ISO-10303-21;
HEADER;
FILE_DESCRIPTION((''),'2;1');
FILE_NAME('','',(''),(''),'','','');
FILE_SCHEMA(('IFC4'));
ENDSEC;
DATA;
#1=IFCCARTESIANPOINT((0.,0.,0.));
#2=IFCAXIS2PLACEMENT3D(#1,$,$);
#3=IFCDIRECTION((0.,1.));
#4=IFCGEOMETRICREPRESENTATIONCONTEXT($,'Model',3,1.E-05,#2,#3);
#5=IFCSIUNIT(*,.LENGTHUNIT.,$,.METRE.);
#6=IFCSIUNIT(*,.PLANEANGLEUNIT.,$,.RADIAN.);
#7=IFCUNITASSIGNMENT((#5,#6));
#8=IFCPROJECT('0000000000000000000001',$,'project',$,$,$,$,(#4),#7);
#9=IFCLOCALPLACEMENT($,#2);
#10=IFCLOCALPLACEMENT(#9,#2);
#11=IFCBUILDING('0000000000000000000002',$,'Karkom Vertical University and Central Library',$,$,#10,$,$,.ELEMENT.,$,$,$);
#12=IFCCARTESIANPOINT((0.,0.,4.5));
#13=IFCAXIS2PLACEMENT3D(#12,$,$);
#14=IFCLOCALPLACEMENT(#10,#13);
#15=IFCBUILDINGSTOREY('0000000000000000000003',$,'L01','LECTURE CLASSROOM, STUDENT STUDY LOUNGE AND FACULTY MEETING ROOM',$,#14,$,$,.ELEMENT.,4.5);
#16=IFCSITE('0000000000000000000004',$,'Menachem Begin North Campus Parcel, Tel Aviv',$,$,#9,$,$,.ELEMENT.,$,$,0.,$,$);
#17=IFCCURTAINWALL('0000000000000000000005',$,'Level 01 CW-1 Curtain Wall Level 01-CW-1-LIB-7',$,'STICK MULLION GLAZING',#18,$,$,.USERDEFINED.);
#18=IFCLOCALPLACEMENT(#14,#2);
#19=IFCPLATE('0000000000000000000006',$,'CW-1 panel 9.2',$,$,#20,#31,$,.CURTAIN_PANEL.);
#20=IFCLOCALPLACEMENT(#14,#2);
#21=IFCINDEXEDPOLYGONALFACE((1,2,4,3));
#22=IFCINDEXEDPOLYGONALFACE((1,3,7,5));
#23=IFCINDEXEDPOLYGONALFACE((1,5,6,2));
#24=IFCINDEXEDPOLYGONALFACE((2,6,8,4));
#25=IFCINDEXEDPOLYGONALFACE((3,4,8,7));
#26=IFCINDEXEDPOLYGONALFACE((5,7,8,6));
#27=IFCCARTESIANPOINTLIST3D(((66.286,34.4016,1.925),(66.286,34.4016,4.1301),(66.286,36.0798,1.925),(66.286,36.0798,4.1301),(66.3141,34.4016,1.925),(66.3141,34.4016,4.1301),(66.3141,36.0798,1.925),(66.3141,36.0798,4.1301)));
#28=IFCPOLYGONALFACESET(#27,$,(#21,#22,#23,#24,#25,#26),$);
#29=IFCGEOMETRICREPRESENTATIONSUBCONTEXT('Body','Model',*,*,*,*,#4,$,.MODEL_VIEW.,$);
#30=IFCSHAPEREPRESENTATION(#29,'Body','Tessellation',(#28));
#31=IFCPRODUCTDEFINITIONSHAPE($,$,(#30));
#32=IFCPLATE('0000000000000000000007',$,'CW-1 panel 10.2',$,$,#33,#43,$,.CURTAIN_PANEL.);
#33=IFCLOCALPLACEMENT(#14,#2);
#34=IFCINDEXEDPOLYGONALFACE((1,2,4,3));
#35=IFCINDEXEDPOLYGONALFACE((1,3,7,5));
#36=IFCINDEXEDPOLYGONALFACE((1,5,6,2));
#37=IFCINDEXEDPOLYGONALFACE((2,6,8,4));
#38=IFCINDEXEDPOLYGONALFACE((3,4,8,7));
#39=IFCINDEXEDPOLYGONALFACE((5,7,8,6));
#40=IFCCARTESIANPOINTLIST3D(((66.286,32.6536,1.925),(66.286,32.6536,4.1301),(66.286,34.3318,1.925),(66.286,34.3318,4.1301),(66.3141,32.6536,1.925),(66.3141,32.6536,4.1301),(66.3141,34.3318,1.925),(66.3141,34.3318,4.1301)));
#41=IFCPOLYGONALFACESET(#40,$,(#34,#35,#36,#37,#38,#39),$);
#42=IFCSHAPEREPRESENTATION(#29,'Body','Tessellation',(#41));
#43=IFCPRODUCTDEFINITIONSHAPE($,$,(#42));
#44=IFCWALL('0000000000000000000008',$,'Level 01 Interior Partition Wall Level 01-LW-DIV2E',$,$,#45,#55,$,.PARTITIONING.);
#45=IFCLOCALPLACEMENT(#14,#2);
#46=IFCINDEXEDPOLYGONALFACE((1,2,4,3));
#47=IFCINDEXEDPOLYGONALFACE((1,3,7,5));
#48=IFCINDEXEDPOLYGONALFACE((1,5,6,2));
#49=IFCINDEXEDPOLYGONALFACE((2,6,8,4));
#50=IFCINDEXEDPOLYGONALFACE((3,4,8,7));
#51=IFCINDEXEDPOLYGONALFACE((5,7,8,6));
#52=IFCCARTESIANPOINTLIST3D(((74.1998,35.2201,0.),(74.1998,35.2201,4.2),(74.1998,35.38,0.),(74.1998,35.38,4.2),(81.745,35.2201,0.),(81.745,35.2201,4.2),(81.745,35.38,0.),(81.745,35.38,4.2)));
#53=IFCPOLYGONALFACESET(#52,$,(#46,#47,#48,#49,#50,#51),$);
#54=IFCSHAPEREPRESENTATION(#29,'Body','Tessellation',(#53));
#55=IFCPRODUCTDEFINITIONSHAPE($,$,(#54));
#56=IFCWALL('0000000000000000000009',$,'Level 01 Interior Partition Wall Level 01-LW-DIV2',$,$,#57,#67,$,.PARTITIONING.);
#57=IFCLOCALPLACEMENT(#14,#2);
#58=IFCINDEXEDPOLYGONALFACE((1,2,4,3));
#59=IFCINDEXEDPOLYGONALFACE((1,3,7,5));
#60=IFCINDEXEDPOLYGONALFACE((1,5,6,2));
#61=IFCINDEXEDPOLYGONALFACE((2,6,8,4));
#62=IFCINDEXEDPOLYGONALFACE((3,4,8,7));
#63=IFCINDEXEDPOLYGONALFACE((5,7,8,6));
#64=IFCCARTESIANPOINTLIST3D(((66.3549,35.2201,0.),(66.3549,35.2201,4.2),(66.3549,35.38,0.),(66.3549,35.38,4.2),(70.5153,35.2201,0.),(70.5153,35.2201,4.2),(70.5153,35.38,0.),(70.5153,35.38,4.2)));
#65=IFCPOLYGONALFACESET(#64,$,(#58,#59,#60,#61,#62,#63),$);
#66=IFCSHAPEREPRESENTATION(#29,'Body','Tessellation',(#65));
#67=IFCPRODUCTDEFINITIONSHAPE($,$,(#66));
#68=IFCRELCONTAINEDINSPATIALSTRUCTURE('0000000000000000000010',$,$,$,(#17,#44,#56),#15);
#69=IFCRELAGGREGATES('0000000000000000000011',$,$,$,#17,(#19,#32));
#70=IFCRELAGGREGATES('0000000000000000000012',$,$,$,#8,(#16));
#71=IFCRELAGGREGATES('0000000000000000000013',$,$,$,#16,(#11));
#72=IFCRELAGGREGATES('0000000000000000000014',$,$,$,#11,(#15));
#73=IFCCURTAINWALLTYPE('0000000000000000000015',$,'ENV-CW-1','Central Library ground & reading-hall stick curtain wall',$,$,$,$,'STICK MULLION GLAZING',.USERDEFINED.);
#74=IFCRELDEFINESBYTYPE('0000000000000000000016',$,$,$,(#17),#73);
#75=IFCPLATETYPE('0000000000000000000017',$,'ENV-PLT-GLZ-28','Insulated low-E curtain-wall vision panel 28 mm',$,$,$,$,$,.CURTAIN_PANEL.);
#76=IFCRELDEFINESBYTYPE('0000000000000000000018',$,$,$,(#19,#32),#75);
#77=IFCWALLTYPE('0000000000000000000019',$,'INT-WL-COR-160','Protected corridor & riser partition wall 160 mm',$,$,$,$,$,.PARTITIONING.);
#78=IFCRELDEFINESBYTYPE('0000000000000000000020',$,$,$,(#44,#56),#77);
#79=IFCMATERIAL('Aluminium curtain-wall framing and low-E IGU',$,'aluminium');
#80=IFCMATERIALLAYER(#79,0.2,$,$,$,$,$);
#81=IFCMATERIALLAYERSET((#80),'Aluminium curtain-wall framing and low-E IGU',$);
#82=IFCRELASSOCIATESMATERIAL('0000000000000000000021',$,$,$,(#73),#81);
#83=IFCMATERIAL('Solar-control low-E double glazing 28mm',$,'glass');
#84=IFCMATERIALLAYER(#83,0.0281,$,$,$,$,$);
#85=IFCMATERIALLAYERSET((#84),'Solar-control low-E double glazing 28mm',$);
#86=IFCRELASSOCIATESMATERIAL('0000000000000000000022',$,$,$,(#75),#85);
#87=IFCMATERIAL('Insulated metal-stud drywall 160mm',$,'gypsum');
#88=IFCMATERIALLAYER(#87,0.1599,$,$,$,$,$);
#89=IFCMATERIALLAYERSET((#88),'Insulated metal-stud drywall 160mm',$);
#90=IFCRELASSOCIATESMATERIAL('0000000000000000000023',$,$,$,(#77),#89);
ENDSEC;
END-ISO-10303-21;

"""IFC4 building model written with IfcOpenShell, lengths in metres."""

from ifc_helpers import new_model, si_unit, direction, frame, frame_2d, origin, origin_with_axes, origin_2d, place, context, subcontext, project, spatial, rectangle, extrude, source, transform, mapped, material, layer, layer_set, type_object, element, aggregate, save


model = new_model("IFC4")

# Units and contexts
model_context = context("Model", 3, precision=1e-05, world=origin(), true_north=direction((0.0, 1.0)))
body_context = subcontext(model_context, "Body", "Model", "MODEL_VIEW")
ifc_project = project(units=[si_unit("LENGTHUNIT", "METRE"), si_unit("PLANEANGLEUNIT", "RADIAN")], contexts=[model_context])

# Site, building, storey
site_placement = place(None, origin())
site = spatial("IfcSite", under=ifc_project, at=site_placement, Name="Menachem Begin North Campus Parcel, Tel Aviv", CompositionType="ELEMENT", RefElevation=0.0)
building_placement = place(site_placement, origin())
building = spatial("IfcBuilding", under=site, at=building_placement, Name="Karkom Vertical University and Central Library", CompositionType="ELEMENT")
storey_placement = place(building_placement, frame((0.0, 0.0, 4.5)))
storey = spatial("IfcBuildingStorey", under=building, at=storey_placement, Name="L01", Description="LECTURE CLASSROOM, STUDENT STUDY LOUNGE AND FACULTY MEETING ROOM", CompositionType="ELEMENT", Elevation=4.5)

# Curtain wall, plates
ifc_material_1 = material(Name="Aluminium curtain-wall framing and low-E IGU", Category="aluminium")
ifc_layer_1 = layer(ifc_material_1, 0.2)
ifc_layer_set_1 = layer_set([ifc_layer_1], Name="Aluminium curtain-wall framing and low-E IGU")
curtain_wall_type = type_object("IfcCurtainWallType", Name="ENV-CW-1", Description="Central Library ground & reading-hall stick curtain wall", ElementType="STICK MULLION GLAZING", PredefinedType="USERDEFINED", material=ifc_layer_set_1)
curtain_wall_placement = place(storey_placement, origin())
curtain_wall = element("IfcCurtainWall", 1, at=curtain_wall_placement, inside=storey, type_object=curtain_wall_type, Name="Level 01 CW-1 Curtain Wall Level 01-CW-1-LIB-7", ObjectType="STICK MULLION GLAZING", PredefinedType="USERDEFINED")
ifc_material_2 = material(Name="Solar-control low-E double glazing 28mm", Category="glass")
ifc_layer_2 = layer(ifc_material_2, 0.0281)
ifc_layer_set_2 = layer_set([ifc_layer_2], Name="Solar-control low-E double glazing 28mm")
plate_type = type_object("IfcPlateType", Name="ENV-PLT-GLZ-28", Description="Insulated low-E curtain-wall vision panel 28 mm", PredefinedType="CURTAIN_PANEL", material=ifc_layer_set_2)
shared_shape_1 = source(origin_with_axes(), body_context, "Body", "SweptSolid", [
    extrude(rectangle(XDim=1.6782, YDim=0.0281, at=origin_2d()), origin(), (0.0, 0.0, 1.0), 2.2051),
])
plate_1_placement = place(storey_placement, frame((66.3, 35.2407, 1.925), z_axis=(0.0, 0.0, 1.0), x_axis=(0.0, -1.0, 0.0)))
plate_1 = element("IfcPlate", 2, at=plate_1_placement, type_object=plate_type, Name="CW-1 panel 9.2", PredefinedType="CURTAIN_PANEL", context=body_context, shape_type="MappedRepresentation", body=[
    mapped(shared_shape_1, transform((0.0, 0.0, 0.0), scale=1.0)),
])
plate_2_placement = place(storey_placement, frame((66.3, 33.4927, 1.925), z_axis=(0.0, 0.0, 1.0), x_axis=(0.0, -1.0, 0.0)))
plate_2 = element("IfcPlate", 3, at=plate_2_placement, type_object=plate_type, Name="CW-1 panel 10.2", PredefinedType="CURTAIN_PANEL", context=body_context, shape_type="MappedRepresentation", body=[
    mapped(shared_shape_1, transform((0.0, 0.0, 0.0), scale=1.0)),
])
aggregate(curtain_wall, [plate_1, plate_2])

# Walls
ifc_material_3 = material(Name="Insulated metal-stud drywall 160mm", Category="gypsum")
ifc_layer_3 = layer(ifc_material_3, 0.1599)
ifc_layer_set_3 = layer_set([ifc_layer_3], Name="Insulated metal-stud drywall 160mm")
wall_type = type_object("IfcWallType", Name="INT-WL-COR-160", Description="Protected corridor & riser partition wall 160 mm", PredefinedType="PARTITIONING", material=ifc_layer_set_3)
wall_1_placement = place(storey_placement, frame((74.2, 35.3, 0.0), z_axis=(0.0, 0.0, 1.0), x_axis=(1.0, 0.0, 0.0)))
element("IfcWall", 4, at=wall_1_placement, inside=storey, type_object=wall_type, Name="Level 01 Interior Partition Wall Level 01-LW-DIV2E", PredefinedType="PARTITIONING", context=body_context, shape_type="SweptSolid", body=[
    extrude(rectangle(XDim=7.5452, YDim=0.1599, at=frame_2d((3.7725, 0.0))), origin(), (0.0, 0.0, 1.0), 4.2),
])
wall_2_placement = place(storey_placement, frame((66.355, 35.3, 0.0), z_axis=(0.0, 0.0, 1.0), x_axis=(1.0, 0.0, 0.0)))
element("IfcWall", 5, at=wall_2_placement, inside=storey, type_object=wall_type, Name="Level 01 Interior Partition Wall Level 01-LW-DIV2", PredefinedType="PARTITIONING", context=body_context, shape_type="SweptSolid", body=[
    extrude(rectangle(XDim=4.1604, YDim=0.1599, at=frame_2d((2.0801, 0.0))), origin(), (0.0, 0.0, 1.0), 4.2),
])

save(model, "model.ifc")
